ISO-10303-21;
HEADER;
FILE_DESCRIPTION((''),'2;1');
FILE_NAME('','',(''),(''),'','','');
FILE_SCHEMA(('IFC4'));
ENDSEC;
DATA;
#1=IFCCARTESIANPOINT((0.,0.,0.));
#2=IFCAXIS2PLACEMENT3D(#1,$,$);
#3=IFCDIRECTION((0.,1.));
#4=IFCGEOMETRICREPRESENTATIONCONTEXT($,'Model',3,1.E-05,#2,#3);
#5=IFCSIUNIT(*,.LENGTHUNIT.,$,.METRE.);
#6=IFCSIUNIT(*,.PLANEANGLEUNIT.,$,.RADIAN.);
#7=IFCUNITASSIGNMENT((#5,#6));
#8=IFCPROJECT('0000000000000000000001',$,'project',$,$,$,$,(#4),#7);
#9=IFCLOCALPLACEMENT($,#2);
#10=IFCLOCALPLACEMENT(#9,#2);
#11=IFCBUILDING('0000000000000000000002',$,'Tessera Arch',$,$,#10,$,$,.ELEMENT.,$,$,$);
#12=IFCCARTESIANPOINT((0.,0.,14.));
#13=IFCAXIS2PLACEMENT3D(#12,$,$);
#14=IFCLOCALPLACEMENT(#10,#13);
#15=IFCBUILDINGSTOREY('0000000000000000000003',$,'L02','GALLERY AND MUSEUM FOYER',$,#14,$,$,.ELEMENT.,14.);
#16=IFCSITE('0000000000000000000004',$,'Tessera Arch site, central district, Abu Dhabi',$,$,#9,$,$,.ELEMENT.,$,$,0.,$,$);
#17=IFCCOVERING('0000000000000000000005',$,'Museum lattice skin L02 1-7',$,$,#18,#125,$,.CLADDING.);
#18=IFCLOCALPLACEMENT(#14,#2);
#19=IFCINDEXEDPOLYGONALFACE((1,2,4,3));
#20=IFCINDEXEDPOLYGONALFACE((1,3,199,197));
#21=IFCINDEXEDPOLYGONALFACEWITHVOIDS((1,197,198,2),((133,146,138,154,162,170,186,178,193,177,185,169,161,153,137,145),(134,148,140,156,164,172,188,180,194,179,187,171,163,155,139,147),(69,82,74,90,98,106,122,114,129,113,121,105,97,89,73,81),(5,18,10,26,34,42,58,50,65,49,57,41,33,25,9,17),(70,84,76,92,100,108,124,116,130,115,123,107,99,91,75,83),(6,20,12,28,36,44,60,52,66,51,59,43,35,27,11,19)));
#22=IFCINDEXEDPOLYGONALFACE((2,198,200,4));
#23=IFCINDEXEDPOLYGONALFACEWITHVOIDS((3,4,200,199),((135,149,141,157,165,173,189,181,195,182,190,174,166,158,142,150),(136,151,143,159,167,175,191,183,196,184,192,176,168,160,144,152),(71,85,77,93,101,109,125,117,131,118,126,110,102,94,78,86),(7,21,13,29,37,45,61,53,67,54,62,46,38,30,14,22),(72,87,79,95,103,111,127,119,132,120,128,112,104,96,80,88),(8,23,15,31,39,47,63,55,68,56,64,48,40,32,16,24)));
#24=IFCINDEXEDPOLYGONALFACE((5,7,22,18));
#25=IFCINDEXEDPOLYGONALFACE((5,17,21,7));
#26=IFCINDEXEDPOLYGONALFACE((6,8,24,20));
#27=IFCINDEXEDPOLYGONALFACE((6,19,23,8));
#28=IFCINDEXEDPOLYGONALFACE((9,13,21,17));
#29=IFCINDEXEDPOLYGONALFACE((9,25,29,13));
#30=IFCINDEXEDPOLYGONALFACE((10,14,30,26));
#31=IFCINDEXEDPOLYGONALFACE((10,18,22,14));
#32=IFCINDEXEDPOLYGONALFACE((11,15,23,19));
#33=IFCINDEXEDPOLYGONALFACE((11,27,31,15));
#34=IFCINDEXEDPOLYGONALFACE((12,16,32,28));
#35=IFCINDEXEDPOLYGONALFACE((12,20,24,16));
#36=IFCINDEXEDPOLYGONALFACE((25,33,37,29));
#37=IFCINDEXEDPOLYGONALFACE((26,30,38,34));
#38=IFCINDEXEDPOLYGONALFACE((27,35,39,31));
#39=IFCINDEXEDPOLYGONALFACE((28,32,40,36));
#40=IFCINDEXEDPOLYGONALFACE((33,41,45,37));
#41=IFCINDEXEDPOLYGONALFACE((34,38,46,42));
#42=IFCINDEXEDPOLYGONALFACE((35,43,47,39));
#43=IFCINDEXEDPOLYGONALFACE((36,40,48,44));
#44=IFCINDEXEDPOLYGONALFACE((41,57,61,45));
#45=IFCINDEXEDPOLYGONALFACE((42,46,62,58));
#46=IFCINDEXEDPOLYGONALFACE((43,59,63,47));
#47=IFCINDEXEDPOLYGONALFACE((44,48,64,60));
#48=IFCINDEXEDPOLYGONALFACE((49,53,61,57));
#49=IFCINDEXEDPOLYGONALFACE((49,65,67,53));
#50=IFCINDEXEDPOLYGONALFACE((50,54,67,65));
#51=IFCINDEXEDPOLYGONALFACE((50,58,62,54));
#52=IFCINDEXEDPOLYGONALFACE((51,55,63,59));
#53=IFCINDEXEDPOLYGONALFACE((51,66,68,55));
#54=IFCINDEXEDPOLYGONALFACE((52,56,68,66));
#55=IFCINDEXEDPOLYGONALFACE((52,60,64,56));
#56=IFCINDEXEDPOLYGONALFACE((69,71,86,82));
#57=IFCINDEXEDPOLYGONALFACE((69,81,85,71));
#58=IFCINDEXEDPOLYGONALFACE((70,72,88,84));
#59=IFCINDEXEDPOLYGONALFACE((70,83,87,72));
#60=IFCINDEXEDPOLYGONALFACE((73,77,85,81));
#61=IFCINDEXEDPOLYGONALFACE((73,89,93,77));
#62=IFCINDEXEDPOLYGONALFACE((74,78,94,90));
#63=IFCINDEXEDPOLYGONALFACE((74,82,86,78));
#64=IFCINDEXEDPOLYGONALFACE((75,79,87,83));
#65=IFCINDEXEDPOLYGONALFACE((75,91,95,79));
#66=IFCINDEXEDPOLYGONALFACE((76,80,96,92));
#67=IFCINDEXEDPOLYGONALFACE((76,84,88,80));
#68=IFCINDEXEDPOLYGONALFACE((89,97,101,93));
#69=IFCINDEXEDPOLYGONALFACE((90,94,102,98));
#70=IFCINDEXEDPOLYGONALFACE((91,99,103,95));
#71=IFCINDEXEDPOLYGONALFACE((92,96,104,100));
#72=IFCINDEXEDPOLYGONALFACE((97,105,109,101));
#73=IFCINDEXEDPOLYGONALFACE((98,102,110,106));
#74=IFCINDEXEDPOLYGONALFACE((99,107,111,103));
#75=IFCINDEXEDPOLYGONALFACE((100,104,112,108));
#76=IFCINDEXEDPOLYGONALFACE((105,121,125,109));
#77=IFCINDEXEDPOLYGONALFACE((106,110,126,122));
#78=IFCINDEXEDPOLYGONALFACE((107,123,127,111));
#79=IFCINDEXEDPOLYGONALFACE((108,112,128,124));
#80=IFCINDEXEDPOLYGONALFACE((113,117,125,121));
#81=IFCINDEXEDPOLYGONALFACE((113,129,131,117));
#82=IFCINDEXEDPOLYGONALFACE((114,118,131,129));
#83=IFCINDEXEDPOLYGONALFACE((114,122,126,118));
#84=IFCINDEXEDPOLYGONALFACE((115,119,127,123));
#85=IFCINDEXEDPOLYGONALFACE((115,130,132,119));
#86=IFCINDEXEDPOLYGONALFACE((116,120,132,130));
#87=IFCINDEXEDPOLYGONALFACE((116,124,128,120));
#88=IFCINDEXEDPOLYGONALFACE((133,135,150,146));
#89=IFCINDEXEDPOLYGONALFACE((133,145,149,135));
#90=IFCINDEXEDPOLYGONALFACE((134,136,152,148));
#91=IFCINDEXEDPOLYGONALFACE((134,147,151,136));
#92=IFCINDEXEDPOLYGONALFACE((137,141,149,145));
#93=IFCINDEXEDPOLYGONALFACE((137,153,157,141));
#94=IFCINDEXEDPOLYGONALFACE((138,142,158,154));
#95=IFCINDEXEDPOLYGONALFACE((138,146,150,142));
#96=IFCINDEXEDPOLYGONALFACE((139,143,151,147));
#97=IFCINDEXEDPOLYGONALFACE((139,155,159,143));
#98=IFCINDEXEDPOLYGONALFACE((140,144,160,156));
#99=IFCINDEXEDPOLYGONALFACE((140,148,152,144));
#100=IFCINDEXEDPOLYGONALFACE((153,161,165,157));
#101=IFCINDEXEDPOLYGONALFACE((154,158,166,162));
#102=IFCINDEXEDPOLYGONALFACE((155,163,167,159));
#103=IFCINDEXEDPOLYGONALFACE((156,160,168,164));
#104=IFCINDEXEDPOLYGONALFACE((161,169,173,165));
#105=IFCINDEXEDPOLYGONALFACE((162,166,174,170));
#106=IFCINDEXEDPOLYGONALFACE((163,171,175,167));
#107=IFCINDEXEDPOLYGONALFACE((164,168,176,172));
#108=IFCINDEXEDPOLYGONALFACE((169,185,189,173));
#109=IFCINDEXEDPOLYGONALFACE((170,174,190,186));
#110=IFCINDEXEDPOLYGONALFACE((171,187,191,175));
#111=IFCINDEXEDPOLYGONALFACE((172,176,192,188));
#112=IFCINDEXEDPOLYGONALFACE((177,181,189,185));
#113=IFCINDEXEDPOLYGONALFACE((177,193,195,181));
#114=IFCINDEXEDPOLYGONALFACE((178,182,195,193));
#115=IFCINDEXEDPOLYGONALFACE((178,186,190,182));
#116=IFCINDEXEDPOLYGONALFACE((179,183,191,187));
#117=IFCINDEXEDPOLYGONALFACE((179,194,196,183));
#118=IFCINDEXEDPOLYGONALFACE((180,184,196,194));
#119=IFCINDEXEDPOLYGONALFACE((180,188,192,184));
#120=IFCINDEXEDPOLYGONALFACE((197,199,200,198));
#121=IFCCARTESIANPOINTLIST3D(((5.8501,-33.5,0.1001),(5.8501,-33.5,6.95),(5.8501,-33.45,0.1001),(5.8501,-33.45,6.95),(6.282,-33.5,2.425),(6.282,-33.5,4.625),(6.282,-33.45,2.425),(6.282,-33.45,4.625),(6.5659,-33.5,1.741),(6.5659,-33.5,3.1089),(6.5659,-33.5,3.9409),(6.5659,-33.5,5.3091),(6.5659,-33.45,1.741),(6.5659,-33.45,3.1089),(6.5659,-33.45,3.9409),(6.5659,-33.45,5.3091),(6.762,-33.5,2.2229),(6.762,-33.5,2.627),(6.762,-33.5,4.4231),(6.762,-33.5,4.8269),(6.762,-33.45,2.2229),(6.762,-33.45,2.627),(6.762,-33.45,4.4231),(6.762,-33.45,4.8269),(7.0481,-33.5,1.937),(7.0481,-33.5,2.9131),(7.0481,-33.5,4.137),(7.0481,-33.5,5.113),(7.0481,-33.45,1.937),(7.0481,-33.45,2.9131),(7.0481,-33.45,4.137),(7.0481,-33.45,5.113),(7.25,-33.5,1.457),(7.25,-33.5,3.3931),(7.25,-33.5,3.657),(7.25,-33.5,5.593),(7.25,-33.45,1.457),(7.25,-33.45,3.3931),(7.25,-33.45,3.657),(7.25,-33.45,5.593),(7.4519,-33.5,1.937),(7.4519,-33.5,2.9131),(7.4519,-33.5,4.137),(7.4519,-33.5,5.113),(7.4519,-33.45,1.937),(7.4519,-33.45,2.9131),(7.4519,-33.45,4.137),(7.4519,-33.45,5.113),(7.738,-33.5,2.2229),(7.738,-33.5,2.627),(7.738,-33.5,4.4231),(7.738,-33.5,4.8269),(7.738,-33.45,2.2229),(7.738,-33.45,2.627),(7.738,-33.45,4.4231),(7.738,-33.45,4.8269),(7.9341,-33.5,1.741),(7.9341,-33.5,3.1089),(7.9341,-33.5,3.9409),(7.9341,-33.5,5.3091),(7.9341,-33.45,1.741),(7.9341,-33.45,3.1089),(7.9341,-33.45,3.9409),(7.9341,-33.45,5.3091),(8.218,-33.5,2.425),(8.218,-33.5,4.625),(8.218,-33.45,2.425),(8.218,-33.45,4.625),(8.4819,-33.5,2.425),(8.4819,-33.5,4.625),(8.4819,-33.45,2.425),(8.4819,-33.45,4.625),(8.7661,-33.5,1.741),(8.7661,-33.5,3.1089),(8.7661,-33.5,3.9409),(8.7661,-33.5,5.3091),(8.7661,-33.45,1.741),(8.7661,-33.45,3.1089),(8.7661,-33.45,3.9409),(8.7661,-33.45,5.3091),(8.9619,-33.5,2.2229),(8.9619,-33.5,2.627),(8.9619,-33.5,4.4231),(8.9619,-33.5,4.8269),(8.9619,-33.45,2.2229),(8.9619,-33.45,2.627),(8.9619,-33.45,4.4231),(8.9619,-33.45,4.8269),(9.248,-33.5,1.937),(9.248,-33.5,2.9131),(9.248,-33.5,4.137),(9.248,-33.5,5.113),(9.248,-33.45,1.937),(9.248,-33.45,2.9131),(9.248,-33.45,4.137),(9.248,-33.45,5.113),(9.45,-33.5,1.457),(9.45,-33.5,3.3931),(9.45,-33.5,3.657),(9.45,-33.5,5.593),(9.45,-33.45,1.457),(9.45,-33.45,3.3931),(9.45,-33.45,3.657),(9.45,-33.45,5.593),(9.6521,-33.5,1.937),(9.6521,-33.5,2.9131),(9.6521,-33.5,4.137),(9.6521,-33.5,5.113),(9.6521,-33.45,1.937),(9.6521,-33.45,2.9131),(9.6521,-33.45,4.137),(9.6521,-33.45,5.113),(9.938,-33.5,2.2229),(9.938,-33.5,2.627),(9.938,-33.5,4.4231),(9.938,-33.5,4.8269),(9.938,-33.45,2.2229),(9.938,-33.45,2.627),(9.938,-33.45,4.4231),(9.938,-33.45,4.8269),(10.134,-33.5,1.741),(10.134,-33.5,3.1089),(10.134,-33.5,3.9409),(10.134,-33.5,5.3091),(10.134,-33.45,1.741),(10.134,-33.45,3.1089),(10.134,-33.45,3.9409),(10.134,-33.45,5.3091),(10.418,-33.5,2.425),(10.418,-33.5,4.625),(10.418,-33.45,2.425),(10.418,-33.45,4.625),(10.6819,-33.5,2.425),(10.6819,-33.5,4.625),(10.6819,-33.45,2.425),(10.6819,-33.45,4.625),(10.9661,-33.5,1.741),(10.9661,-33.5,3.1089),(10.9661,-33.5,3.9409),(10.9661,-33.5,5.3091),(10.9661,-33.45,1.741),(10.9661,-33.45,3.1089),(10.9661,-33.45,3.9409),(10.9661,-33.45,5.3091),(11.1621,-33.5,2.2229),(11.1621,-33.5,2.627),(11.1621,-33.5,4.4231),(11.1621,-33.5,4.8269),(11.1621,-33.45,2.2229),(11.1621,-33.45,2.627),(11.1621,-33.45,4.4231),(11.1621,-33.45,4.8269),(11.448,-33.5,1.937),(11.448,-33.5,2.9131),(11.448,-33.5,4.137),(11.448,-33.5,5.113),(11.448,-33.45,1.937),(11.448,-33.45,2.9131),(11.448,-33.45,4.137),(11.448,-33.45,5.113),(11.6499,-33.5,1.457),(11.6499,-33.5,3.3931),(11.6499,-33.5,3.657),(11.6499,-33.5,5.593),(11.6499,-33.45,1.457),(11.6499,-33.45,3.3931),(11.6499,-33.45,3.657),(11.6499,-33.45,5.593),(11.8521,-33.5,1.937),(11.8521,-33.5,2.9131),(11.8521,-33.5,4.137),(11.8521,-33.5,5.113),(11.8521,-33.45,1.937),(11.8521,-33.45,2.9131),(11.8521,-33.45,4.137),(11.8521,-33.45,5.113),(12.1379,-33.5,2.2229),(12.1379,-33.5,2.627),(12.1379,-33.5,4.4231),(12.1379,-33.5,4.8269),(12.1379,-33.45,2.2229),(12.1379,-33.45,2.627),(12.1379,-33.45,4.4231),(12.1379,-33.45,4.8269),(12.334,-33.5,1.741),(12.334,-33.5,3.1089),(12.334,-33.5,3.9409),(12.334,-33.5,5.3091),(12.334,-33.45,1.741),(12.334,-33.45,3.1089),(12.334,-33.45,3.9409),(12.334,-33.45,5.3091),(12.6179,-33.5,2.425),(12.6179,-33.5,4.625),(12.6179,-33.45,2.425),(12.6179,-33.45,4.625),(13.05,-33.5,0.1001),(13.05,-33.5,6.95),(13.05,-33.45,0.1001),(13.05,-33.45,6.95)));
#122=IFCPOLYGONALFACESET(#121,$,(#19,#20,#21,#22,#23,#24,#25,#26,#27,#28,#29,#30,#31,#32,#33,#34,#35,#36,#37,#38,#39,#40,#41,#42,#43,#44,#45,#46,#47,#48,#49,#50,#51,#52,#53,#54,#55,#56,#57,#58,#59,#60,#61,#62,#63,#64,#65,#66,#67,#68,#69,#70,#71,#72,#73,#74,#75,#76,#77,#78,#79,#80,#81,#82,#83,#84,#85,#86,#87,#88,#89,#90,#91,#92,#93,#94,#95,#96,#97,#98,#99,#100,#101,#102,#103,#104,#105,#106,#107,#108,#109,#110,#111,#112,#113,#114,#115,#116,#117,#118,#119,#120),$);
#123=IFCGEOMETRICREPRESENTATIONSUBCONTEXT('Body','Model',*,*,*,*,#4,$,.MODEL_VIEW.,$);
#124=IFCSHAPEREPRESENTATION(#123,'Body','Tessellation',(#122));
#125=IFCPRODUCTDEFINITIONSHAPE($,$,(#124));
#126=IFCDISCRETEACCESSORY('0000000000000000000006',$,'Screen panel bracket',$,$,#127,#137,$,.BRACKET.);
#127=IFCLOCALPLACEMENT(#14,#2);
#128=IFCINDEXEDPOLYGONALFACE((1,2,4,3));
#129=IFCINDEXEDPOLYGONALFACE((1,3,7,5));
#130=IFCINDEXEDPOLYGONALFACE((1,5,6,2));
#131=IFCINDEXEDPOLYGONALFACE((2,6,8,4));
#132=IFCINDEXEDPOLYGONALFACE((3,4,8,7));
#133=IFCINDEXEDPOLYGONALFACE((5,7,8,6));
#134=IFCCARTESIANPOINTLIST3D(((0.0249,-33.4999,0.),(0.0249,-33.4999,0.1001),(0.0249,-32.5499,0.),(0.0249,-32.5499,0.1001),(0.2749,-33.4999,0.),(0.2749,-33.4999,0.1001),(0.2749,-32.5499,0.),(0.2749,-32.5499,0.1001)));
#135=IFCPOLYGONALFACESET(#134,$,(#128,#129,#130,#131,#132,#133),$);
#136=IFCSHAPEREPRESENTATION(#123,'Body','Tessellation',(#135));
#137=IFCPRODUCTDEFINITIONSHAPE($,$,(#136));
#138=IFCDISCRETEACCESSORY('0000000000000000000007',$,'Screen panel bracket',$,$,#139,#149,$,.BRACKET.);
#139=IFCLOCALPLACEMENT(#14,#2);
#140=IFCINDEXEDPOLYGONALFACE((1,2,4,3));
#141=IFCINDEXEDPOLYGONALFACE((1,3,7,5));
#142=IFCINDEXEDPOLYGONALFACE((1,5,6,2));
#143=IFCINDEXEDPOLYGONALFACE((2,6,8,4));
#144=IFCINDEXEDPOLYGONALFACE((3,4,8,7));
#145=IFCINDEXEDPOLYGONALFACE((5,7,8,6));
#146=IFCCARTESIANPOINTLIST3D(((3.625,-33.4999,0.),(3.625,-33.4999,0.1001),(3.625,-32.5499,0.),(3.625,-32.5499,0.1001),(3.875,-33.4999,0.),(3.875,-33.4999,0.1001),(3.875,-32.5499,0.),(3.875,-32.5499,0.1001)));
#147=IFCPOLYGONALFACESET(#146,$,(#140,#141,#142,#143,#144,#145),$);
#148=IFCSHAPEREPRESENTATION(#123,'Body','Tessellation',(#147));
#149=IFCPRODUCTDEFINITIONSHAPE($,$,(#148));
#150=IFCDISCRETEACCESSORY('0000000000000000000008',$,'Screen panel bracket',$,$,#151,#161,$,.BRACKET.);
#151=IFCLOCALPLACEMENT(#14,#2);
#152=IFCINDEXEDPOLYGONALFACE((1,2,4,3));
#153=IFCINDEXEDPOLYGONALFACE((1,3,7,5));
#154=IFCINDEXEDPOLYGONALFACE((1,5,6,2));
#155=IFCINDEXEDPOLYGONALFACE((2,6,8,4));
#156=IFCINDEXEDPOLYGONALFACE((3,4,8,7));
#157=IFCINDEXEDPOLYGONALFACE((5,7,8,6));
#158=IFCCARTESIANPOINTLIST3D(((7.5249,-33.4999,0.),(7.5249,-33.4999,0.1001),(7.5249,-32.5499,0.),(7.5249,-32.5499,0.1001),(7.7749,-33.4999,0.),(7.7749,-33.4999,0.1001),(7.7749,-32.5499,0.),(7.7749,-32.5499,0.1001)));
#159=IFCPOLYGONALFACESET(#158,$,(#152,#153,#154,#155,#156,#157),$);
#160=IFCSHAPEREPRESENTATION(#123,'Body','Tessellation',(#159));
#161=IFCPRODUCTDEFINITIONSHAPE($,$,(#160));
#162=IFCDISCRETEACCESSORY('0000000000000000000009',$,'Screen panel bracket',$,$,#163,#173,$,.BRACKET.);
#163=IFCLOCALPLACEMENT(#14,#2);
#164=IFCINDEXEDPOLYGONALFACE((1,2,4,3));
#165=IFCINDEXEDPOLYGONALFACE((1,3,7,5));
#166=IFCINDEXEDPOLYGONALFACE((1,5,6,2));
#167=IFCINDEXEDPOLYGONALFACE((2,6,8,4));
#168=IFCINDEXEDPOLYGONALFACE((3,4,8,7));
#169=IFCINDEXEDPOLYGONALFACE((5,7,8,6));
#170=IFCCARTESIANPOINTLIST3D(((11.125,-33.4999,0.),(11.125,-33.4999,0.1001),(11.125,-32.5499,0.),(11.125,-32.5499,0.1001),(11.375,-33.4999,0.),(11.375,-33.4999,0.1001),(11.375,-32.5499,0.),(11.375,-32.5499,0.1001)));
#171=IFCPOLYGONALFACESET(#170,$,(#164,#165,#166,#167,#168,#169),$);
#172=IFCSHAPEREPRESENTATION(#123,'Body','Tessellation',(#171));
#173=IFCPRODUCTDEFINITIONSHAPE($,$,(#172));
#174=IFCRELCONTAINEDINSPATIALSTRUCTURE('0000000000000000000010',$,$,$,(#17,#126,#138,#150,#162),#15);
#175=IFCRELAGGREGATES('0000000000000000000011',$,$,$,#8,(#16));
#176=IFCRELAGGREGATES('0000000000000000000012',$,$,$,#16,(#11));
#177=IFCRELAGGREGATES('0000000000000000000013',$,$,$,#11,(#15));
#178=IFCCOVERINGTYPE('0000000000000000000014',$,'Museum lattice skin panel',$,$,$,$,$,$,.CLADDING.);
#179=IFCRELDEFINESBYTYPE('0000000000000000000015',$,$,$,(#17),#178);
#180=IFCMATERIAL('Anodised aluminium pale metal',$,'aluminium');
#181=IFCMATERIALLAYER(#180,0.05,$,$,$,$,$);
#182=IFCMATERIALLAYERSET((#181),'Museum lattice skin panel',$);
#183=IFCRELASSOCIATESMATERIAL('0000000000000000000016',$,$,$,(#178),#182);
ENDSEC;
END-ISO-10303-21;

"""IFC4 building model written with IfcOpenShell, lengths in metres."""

from ifc_helpers import new_model, si_unit, direction, frame, origin, origin_2d, place, context, subcontext, project, spatial, polyline, rectangle, outline, extrude, material, layer, layer_set, type_object, element, save


model = new_model("IFC4")

# Units and contexts
model_context = context("Model", 3, precision=1e-05, world=origin(), true_north=direction((0.0, 1.0)))
body_context = subcontext(model_context, "Body", "Model", "MODEL_VIEW")
ifc_project = project(units=[si_unit("LENGTHUNIT", "METRE"), si_unit("PLANEANGLEUNIT", "RADIAN")], contexts=[model_context])

# Site, building, storey
site_placement = place(None, origin())
site = spatial("IfcSite", under=ifc_project, at=site_placement, Name="Tessera Arch site, central district, Abu Dhabi", CompositionType="ELEMENT", RefElevation=0.0)
building_placement = place(site_placement, origin())
building = spatial("IfcBuilding", under=site, at=building_placement, Name="Tessera Arch", CompositionType="ELEMENT")
storey_placement = place(building_placement, frame((0.0, 0.0, 14.0)))
storey = spatial("IfcBuildingStorey", under=building, at=storey_placement, Name="L02", Description="GALLERY AND MUSEUM FOYER", CompositionType="ELEMENT", Elevation=14.0)

# Covering
ifc_material_1 = material(Name="Anodised aluminium pale metal", Category="aluminium")
ifc_layer_1 = layer(ifc_material_1, 0.05)
ifc_layer_set_1 = layer_set([ifc_layer_1], Name="Museum lattice skin panel")
covering_type = type_object("IfcCoveringType", Name="Museum lattice skin panel", PredefinedType="CLADDING", material=ifc_layer_set_1)
covering_placement = place(storey_placement, frame((5.8501, -33.45, 6.95), z_axis=(0.0, 1.0, 0.0), x_axis=(1.0, 0.0, 0.0)))
element("IfcCovering", 1, at=covering_placement, inside=storey, type_object=covering_type, Name="Museum lattice skin L02 1-7", PredefinedType="CLADDING", context=body_context, shape_type="SweptSolid", body=[
    extrude(outline(polyline([(0.0, 0.0), (7.2, 0.0), (7.2, 6.8499), (0.0, 6.8499), (0.0, 0.0)]), holes=[polyline([(2.3679, 4.5249), (1.8879, 4.323), (2.084, 3.8411), (1.6018, 4.0369), (1.3999, 3.5569), (1.198, 4.0369), (0.7158, 3.8411), (0.9119, 4.323), (0.4319, 4.5249), (0.9119, 4.7271), (0.7158, 5.209), (1.198, 5.0129), (1.3999, 5.4929), (1.6018, 5.0129), (2.084, 5.209), (1.8879, 4.7271), (2.3679, 4.5249)]), polyline([(2.3679, 2.325), (1.8879, 2.123), (2.084, 1.6409), (1.6018, 1.8369), (1.3999, 1.3569), (1.198, 1.8369), (0.7158, 1.6409), (0.9119, 2.123), (0.4319, 2.325), (0.9119, 2.5269), (0.7158, 3.009), (1.198, 2.813), (1.3999, 3.293), (1.6018, 2.813), (2.084, 3.009), (1.8879, 2.5269), (2.3679, 2.325)]), polyline([(4.5679, 4.5249), (4.0879, 4.323), (4.2839, 3.8411), (3.802, 4.0369), (3.5999, 3.5569), (3.3979, 4.0369), (2.916, 3.8411), (3.1118, 4.323), (2.6318, 4.5249), (3.1118, 4.7271), (2.916, 5.209), (3.3979, 5.0129), (3.5999, 5.4929), (3.802, 5.0129), (4.2839, 5.209), (4.0879, 4.7271), (4.5679, 4.5249)]), polyline([(4.5679, 2.325), (4.0879, 2.123), (4.2839, 1.6409), (3.802, 1.8369), (3.5999, 1.3569), (3.3979, 1.8369), (2.916, 1.6409), (3.1118, 2.123), (2.6318, 2.325), (3.1118, 2.5269), (2.916, 3.009), (3.3979, 2.813), (3.5999, 3.293), (3.802, 2.813), (4.2839, 3.009), (4.0879, 2.5269), (4.5679, 2.325)]), polyline([(6.7678, 4.5249), (6.2878, 4.323), (6.4839, 3.8411), (6.002, 4.0369), (5.7998, 3.5569), (5.5979, 4.0369), (5.116, 3.8411), (5.312, 4.323), (4.8318, 4.5249), (5.312, 4.7271), (5.116, 5.209), (5.5979, 5.0129), (5.7998, 5.4929), (6.002, 5.0129), (6.4839, 5.209), (6.2878, 4.7271), (6.7678, 4.5249)]), polyline([(6.7678, 2.325), (6.2878, 2.123), (6.4839, 1.6409), (6.002, 1.8369), (5.7998, 1.3569), (5.5979, 1.8369), (5.116, 1.6409), (5.312, 2.123), (4.8318, 2.325), (5.312, 2.5269), (5.116, 3.009), (5.5979, 2.813), (5.7998, 3.293), (6.002, 2.813), (6.4839, 3.009), (6.2878, 2.5269), (6.7678, 2.325)])]), origin(), (0.0, 0.0, -1.0), 0.05),
])

# Discrete accessories
for number, where, z_axis, x_axis, name in (
    (2, (0.1499, -33.0249, 0.0), (0.0, 0.0, 1.0), (0.0, -1.0, 0.0), "Screen panel bracket"),
    (3, (3.75, -33.0249, 0.0), (0.0, 0.0, 1.0), (0.0, -1.0, 0.0), "Screen panel bracket"),
    (4, (7.6499, -33.0249, 0.0), (0.0, 0.0, 1.0), (0.0, -1.0, 0.0), "Screen panel bracket"),
    (5, (11.25, -33.0249, 0.0), (0.0, 0.0, 1.0), (0.0, -1.0, 0.0), "Screen panel bracket"),
):
    element("IfcDiscreteAccessory", number, at=place(storey_placement, frame(where, z_axis=z_axis, x_axis=x_axis)), inside=storey, Name=name, PredefinedType="BRACKET", context=body_context, shape_type="SweptSolid", body=[
        extrude(rectangle(XDim=0.95, YDim=0.25, at=origin_2d()), origin(), (0.0, 0.0, 1.0), 0.1001),
    ])

save(model, "model.ifc")
